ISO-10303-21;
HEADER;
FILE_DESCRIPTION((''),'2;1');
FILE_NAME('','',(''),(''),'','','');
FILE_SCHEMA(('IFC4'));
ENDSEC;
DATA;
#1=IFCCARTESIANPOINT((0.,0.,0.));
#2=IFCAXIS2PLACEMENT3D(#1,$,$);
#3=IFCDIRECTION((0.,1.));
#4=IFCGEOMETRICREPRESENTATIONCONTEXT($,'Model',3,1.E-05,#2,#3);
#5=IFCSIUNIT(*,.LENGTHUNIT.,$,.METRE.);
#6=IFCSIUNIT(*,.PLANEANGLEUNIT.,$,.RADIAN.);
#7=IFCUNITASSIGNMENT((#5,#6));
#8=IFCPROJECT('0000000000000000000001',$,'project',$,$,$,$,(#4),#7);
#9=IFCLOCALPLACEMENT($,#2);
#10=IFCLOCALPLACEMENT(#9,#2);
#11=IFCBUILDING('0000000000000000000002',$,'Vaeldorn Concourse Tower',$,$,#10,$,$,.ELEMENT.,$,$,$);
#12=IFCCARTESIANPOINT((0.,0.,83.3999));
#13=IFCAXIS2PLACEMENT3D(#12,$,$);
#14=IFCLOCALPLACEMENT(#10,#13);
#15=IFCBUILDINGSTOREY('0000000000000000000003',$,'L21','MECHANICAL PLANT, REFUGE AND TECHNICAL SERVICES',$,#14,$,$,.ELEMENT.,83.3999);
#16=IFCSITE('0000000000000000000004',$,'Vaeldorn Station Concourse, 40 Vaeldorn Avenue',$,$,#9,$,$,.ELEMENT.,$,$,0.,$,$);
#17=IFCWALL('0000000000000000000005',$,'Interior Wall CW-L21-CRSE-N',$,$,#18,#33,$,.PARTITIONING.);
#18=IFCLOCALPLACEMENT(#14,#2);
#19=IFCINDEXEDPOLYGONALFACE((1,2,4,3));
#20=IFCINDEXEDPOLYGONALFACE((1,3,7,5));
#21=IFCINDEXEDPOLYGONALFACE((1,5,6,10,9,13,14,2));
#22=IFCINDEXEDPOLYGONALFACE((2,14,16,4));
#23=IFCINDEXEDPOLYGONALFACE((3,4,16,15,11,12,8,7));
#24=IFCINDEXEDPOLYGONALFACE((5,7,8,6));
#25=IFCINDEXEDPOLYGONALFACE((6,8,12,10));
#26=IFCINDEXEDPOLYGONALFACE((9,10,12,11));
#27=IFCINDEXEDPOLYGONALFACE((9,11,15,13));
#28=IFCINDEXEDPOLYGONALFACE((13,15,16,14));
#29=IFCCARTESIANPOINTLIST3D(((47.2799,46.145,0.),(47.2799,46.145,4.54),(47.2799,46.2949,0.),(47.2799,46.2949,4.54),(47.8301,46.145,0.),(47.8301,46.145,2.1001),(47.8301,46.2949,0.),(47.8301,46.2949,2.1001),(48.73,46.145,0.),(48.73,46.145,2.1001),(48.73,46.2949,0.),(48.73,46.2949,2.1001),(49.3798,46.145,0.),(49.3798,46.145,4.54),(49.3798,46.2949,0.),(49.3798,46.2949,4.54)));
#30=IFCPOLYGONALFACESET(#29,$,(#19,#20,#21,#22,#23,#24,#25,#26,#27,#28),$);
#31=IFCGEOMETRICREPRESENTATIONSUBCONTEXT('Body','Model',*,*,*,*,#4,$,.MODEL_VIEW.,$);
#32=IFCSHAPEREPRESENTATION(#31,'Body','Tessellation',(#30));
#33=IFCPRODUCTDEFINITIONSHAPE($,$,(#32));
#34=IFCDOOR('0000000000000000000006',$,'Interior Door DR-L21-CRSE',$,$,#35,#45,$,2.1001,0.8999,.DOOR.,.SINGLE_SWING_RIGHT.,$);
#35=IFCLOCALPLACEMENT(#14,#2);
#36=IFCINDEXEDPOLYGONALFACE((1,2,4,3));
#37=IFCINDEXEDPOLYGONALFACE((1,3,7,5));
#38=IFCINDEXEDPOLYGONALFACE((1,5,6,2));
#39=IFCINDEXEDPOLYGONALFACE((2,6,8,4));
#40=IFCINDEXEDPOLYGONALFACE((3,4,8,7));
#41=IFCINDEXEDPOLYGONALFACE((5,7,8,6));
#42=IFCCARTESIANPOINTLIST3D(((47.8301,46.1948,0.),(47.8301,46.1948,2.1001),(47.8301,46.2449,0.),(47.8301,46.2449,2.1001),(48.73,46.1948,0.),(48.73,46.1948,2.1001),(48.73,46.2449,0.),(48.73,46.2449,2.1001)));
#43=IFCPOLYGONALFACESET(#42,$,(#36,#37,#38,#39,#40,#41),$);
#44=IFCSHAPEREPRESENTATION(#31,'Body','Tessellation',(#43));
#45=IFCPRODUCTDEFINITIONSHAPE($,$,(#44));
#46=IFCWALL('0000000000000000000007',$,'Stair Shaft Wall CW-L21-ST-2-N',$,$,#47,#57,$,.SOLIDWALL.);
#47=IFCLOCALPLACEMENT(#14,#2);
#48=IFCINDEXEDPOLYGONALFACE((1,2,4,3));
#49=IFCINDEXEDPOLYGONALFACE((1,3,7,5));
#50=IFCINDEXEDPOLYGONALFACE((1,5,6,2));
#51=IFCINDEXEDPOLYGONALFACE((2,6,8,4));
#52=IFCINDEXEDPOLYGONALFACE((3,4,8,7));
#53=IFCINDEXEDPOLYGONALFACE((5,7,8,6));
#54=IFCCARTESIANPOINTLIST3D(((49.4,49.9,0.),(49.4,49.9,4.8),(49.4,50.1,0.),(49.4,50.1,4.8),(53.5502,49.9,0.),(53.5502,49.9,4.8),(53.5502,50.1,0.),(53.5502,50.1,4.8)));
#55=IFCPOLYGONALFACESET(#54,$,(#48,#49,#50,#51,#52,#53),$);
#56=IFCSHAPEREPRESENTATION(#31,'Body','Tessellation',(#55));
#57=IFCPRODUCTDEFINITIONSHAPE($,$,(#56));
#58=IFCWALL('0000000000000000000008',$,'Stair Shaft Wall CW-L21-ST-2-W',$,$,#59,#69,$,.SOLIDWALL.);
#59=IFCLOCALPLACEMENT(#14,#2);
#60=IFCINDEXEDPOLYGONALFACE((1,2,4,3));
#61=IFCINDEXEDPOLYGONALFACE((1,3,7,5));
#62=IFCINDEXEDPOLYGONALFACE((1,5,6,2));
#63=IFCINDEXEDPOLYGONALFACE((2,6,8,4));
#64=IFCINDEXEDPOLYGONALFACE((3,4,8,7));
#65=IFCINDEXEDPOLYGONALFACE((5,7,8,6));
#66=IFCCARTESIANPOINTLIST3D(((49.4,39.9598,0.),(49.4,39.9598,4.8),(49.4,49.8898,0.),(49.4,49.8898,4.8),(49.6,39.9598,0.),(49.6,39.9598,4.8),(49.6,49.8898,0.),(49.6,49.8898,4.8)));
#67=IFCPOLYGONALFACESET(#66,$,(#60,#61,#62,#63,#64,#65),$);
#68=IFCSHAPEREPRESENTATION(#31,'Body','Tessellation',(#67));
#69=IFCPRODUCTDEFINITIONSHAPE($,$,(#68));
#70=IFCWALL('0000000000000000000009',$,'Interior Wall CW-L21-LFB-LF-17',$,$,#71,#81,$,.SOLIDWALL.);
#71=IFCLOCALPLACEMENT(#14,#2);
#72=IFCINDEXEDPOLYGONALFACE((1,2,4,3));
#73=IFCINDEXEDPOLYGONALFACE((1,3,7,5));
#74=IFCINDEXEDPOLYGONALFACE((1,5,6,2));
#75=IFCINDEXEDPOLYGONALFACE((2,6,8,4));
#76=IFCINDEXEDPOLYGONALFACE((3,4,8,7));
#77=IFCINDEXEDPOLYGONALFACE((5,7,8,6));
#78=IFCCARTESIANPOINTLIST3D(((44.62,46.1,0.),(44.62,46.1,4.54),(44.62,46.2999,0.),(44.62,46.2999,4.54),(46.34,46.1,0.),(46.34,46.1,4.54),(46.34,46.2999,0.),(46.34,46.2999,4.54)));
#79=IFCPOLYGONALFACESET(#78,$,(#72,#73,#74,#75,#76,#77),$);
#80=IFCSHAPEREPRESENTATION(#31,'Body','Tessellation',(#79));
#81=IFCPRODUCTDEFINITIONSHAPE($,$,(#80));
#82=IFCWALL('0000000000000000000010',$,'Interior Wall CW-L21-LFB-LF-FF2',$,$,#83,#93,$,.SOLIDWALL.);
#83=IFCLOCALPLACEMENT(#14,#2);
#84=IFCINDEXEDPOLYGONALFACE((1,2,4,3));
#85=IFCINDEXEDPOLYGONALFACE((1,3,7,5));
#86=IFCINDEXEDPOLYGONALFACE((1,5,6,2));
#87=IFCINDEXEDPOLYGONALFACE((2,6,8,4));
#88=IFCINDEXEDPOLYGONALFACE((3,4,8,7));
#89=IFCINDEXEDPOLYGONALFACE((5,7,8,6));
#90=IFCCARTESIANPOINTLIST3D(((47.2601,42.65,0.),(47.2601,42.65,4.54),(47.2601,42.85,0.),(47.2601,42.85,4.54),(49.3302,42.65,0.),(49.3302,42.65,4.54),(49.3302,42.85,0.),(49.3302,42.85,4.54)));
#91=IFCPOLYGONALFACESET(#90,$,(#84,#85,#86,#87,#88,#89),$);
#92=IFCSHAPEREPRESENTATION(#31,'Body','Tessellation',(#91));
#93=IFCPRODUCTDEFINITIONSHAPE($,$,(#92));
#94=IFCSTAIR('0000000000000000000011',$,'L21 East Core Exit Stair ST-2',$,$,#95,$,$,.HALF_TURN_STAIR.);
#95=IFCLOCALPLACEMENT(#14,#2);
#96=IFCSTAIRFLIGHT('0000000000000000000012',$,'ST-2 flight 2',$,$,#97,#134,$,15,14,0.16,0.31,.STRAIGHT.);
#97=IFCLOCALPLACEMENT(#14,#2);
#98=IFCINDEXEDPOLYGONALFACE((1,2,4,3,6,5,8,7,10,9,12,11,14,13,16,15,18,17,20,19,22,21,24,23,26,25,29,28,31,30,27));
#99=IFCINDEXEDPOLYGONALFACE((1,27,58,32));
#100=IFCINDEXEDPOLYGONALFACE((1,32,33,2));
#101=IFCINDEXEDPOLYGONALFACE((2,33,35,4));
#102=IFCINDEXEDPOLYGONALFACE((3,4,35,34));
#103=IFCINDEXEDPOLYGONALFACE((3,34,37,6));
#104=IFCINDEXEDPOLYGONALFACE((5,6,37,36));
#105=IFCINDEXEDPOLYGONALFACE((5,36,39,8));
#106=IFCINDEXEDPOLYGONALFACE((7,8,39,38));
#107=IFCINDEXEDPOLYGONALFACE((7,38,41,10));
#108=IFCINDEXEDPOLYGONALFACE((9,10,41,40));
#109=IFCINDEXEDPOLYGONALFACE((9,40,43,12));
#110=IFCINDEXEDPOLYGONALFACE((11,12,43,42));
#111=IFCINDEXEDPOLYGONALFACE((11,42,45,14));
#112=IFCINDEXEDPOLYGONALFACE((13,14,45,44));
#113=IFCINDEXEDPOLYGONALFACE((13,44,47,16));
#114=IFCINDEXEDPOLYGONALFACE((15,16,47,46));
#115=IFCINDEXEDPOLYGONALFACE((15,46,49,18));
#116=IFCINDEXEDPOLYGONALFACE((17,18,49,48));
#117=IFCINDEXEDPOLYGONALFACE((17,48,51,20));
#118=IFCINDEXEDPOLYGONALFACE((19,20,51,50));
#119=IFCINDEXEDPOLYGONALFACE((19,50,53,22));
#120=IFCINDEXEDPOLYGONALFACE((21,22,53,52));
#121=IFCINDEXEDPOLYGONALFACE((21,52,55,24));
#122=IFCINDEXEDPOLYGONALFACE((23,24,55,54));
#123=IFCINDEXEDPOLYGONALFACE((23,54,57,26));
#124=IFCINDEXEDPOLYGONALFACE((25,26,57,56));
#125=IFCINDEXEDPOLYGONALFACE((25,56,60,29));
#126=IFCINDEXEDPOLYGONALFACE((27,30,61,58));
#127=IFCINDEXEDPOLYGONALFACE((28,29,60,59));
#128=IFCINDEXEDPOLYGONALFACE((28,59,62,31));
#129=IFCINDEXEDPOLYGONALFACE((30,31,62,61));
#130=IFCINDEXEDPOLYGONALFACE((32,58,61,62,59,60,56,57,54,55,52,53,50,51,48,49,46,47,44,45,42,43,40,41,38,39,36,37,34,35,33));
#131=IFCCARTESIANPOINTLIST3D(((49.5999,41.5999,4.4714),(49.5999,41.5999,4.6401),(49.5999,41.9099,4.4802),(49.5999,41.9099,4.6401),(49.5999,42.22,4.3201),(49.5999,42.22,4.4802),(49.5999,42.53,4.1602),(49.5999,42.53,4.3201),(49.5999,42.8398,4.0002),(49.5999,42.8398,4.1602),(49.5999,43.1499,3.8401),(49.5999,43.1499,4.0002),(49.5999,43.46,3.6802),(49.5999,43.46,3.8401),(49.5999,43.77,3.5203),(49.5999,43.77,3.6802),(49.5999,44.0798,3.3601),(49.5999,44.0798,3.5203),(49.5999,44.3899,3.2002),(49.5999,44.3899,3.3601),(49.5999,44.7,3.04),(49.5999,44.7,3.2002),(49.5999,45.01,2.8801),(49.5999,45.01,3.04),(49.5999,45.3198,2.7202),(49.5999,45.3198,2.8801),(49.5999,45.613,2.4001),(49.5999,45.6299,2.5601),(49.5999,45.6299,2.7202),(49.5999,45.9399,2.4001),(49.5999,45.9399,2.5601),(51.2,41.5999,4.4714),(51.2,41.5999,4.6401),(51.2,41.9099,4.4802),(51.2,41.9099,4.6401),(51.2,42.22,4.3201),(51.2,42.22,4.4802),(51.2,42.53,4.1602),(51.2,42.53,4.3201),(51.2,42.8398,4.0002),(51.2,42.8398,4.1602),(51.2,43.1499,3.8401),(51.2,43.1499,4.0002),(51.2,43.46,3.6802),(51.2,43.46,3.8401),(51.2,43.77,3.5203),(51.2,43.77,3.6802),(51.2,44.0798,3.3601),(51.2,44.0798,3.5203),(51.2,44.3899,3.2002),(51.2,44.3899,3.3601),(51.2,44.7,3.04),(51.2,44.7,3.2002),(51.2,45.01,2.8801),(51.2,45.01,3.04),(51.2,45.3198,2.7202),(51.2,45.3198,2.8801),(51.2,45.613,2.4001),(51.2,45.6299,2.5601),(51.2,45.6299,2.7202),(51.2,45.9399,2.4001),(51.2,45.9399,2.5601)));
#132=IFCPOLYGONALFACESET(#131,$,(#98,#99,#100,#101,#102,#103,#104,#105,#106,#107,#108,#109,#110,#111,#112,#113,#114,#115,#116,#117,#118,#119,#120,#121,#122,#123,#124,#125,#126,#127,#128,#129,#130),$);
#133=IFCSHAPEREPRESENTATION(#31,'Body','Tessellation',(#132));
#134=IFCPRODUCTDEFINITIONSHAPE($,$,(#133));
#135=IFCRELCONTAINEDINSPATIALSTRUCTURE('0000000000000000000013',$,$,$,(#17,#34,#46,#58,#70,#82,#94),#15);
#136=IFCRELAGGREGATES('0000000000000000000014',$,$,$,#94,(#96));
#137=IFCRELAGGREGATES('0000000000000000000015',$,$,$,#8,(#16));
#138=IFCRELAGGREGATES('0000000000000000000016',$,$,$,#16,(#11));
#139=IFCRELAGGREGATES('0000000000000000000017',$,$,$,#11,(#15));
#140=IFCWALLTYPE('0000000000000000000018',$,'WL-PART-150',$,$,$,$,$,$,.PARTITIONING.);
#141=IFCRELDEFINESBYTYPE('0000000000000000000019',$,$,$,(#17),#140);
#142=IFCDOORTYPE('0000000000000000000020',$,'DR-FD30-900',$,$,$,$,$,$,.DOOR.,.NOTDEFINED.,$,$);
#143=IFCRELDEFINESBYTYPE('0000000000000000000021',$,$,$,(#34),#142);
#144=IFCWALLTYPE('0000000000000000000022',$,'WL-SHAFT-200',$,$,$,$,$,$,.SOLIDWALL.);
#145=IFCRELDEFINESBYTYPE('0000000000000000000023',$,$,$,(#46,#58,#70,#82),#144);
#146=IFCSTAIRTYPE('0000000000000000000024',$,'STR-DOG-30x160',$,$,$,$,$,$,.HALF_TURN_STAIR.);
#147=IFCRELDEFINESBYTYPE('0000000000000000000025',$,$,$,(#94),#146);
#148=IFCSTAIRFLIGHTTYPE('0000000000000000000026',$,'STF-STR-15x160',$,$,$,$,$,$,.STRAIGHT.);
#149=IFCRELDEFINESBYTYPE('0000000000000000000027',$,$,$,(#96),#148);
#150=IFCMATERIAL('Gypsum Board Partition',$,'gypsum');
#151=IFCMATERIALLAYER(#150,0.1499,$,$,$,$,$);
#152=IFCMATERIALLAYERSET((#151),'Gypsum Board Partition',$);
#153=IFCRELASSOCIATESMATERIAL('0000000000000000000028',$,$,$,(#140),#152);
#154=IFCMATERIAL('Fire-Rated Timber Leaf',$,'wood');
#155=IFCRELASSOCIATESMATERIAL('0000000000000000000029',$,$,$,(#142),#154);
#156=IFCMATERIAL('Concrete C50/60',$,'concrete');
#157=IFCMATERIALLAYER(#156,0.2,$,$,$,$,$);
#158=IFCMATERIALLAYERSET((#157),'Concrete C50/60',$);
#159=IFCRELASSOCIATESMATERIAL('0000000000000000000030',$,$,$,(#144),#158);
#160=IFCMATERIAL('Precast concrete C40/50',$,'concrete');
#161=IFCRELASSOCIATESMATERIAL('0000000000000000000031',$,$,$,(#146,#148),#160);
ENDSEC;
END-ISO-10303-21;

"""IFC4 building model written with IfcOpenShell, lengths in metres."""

from ifc_helpers import new_model, si_unit, direction, frame, frame_2d, origin, place, context, subcontext, project, spatial, polyline, rectangle, outline, extrude, source, transform, mapped, material, layer, layer_set, type_object, element, fill, aggregate, save


model = new_model("IFC4")

# Units and contexts
model_context = context("Model", 3, precision=1e-05, world=origin(), true_north=direction((0.0, 1.0)))
body_context = subcontext(model_context, "Body", "Model", "MODEL_VIEW")
ifc_project = project(units=[si_unit("LENGTHUNIT", "METRE"), si_unit("PLANEANGLEUNIT", "RADIAN")], contexts=[model_context])

# Site, building, storey
site_placement = place(None, origin())
site = spatial("IfcSite", under=ifc_project, at=site_placement, Name="Vaeldorn Station Concourse, 40 Vaeldorn Avenue", CompositionType="ELEMENT", RefElevation=0.0)
building_placement = place(site_placement, origin())
building = spatial("IfcBuilding", under=site, at=building_placement, Name="Vaeldorn Concourse Tower", CompositionType="ELEMENT")
storey_placement = place(building_placement, frame((0.0, 0.0, 83.3999)))
storey = spatial("IfcBuildingStorey", under=building, at=storey_placement, Name="L21", Description="MECHANICAL PLANT, REFUGE AND TECHNICAL SERVICES", CompositionType="ELEMENT", Elevation=83.3999)

# Wall, opening, door
ifc_material_1 = material(Name="Gypsum Board Partition", Category="gypsum")
ifc_layer_1 = layer(ifc_material_1, 0.1499)
ifc_layer_set_1 = layer_set([ifc_layer_1], Name="Gypsum Board Partition")
wall_type_1 = type_object("IfcWallType", Name="WL-PART-150", PredefinedType="PARTITIONING", material=ifc_layer_set_1)
wall_1_placement = place(storey_placement, frame((47.28, 46.22, 0.0), z_axis=(0.0, 0.0, 1.0), x_axis=(1.0, 0.0, 0.0)))
wall_1 = element("IfcWall", 1, at=wall_1_placement, inside=storey, type_object=wall_type_1, Name="Interior Wall CW-L21-CRSE-N", PredefinedType="PARTITIONING", context=body_context, shape_type="SweptSolid", body=[
    extrude(rectangle(XDim=2.0999, YDim=0.1499, at=frame_2d((1.0498, 0.0))), origin(), (0.0, 0.0, 1.0), 4.54),
])
opening_1_placement = place(wall_1_placement, frame((0.55, 0.0, 0.0)))
opening_1 = element("IfcOpeningElement", 2, at=opening_1_placement, cuts=wall_1, PredefinedType="OPENING", context=body_context, shape_type="SweptSolid", body=[
    extrude(rectangle(XDim=0.8999, YDim=2.1001, at=frame_2d((0.45, 1.05))), frame((0.0, 0.085, 0.0), z_axis=(0.0, -1.0, 0.0), x_axis=(1.0, 0.0, 0.0)), (0.0, 0.0, 1.0), 0.1699),
])
ifc_material_2 = material(Name="Fire-Rated Timber Leaf", Category="wood")
door_type_1 = type_object("IfcDoorType", Name="DR-FD30-900", OperationType="NOTDEFINED", PredefinedType="DOOR", material=ifc_material_2)
shared_shape_1 = source(origin(), body_context, "Body", "SweptSolid", [
    extrude(rectangle(XDim=0.8999, YDim=2.1001, at=frame_2d((0.45, 1.05))), frame((0.0, 0.0249, 0.0), z_axis=(0.0, -1.0, 0.0), x_axis=(1.0, 0.0, 0.0)), (0.0, 0.0, 1.0), 0.05),
])
door_1_placement = place(opening_1_placement, origin())
door_1 = element("IfcDoor", 3, at=door_1_placement, inside=storey, type_object=door_type_1, Name="Interior Door DR-L21-CRSE", OperationType="SINGLE_SWING_RIGHT", OverallHeight=2.1001, OverallWidth=0.8999, PredefinedType="DOOR", context=body_context, shape_type="MappedRepresentation", body=[
    mapped(shared_shape_1, transform((0.0, 0.0, 0.0), scale=1.0)),
])
fill(opening_1, door_1)
ifc_material_3 = material(Name="Concrete C50/60", Category="concrete")
ifc_layer_2 = layer(ifc_material_3, 0.2)
ifc_layer_set_2 = layer_set([ifc_layer_2], Name="Concrete C50/60")
wall_type_2 = type_object("IfcWallType", Name="WL-SHAFT-200", PredefinedType="SOLIDWALL", material=ifc_layer_set_2)

# Walls
wall_2_placement = place(storey_placement, frame((49.3999, 50.0, 0.0), z_axis=(0.0, 0.0, 1.0), x_axis=(1.0, 0.0, 0.0)))
element("IfcWall", 4, at=wall_2_placement, inside=storey, type_object=wall_type_2, Name="Stair Shaft Wall CW-L21-ST-2-N", PredefinedType="SOLIDWALL", context=body_context, shape_type="SweptSolid", body=[
    extrude(rectangle(XDim=4.1501, YDim=0.2, at=frame_2d((2.0752, 0.0))), origin(), (0.0, 0.0, 1.0), 4.8),
])
wall_3_placement = place(storey_placement, frame((49.5, 39.96, 0.0), z_axis=(0.0, 0.0, 1.0), x_axis=(0.0, 1.0, 0.0)))
element("IfcWall", 5, at=wall_3_placement, inside=storey, type_object=wall_type_2, Name="Stair Shaft Wall CW-L21-ST-2-W", PredefinedType="SOLIDWALL", context=body_context, shape_type="SweptSolid", body=[
    extrude(rectangle(XDim=9.9299, YDim=0.2, at=frame_2d((4.9648, 0.0))), origin(), (0.0, 0.0, 1.0), 4.8),
])

# Wall
wall_4_placement = place(storey_placement, frame((44.6201, 46.2, 0.0), z_axis=(0.0, 0.0, 1.0), x_axis=(1.0, 0.0, 0.0)))
element("IfcWall", 6, at=wall_4_placement, inside=storey, type_object=wall_type_2, Name="Interior Wall CW-L21-LFB-LF-17", PredefinedType="SOLIDWALL", context=body_context, shape_type="SweptSolid", body=[
    extrude(rectangle(XDim=1.72, YDim=0.2, at=frame_2d((0.8599, 0.0))), origin(), (0.0, 0.0, 1.0), 4.54),
])

# Wall
wall_5_placement = place(storey_placement, frame((47.26, 42.75, 0.0), z_axis=(0.0, 0.0, 1.0), x_axis=(1.0, 0.0, 0.0)))
element("IfcWall", 7, at=wall_5_placement, inside=storey, type_object=wall_type_2, Name="Interior Wall CW-L21-LFB-LF-FF2", PredefinedType="SOLIDWALL", context=body_context, shape_type="SweptSolid", body=[
    extrude(rectangle(XDim=2.0701, YDim=0.2, at=frame_2d((1.0352, 0.0))), origin(), (0.0, 0.0, 1.0), 4.54),
])

# Stair, stair flight
ifc_material_4 = material(Name="Precast concrete C40/50", Category="concrete")
stair_type = type_object("IfcStairType", Name="STR-DOG-30x160", PredefinedType="HALF_TURN_STAIR", material=ifc_material_4)
stair_placement = place(storey_placement, origin())
stair = element("IfcStair", 8, at=stair_placement, inside=storey, type_object=stair_type, Name="L21 East Core Exit Stair ST-2", PredefinedType="HALF_TURN_STAIR")
stair_flight_type = type_object("IfcStairFlightType", Name="STF-STR-15x160", PredefinedType="STRAIGHT", material=ifc_material_4)
stair_flight_placement = place(storey_placement, frame((50.3999, 45.9399, 2.4001), z_axis=(0.0, 0.0, 1.0), x_axis=(0.0, -1.0, 0.0)))
stair_flight = element("IfcStairFlight", 9, at=stair_flight_placement, type_object=stair_flight_type, Name="ST-2 flight 2", NumberOfRisers=15, NumberOfTreads=14, PredefinedType="STRAIGHT", RiserHeight=0.16, TreadLength=0.31, context=body_context, shape_type="SweptSolid", body=[
    extrude(outline(polyline([(0.0, 0.0), (0.0, 0.1599), (0.3101, 0.1599), (0.3101, 0.3201), (0.6201, 0.3201), (0.6201, 0.48), (0.9299, 0.48), (0.9299, 0.6399), (1.24, 0.6399), (1.24, 0.8), (1.55, 0.8), (1.55, 0.96), (1.8601, 0.96), (1.8601, 1.1201), (2.1699, 1.1201), (2.1699, 1.28), (2.48, 1.28), (2.48, 1.4399), (2.79, 1.4399), (2.79, 1.6001), (3.1001, 1.6001), (3.1001, 1.76), (3.4099, 1.76), (3.4099, 1.9199), (3.72, 1.9199), (3.72, 2.0801), (4.03, 2.0801), (4.03, 2.24), (4.3401, 2.24), (4.3401, 2.3999), (4.3401, 2.0713), (0.3269, 0.0), (0.0, 0.0)])), frame((0.0, 0.8, 0.0), z_axis=(0.0, -1.0, 0.0), x_axis=(1.0, 0.0, 0.0)), (0.0, 0.0, 1.0), 1.6001),
])
aggregate(stair, [stair_flight])

save(model, "model.ifc")
